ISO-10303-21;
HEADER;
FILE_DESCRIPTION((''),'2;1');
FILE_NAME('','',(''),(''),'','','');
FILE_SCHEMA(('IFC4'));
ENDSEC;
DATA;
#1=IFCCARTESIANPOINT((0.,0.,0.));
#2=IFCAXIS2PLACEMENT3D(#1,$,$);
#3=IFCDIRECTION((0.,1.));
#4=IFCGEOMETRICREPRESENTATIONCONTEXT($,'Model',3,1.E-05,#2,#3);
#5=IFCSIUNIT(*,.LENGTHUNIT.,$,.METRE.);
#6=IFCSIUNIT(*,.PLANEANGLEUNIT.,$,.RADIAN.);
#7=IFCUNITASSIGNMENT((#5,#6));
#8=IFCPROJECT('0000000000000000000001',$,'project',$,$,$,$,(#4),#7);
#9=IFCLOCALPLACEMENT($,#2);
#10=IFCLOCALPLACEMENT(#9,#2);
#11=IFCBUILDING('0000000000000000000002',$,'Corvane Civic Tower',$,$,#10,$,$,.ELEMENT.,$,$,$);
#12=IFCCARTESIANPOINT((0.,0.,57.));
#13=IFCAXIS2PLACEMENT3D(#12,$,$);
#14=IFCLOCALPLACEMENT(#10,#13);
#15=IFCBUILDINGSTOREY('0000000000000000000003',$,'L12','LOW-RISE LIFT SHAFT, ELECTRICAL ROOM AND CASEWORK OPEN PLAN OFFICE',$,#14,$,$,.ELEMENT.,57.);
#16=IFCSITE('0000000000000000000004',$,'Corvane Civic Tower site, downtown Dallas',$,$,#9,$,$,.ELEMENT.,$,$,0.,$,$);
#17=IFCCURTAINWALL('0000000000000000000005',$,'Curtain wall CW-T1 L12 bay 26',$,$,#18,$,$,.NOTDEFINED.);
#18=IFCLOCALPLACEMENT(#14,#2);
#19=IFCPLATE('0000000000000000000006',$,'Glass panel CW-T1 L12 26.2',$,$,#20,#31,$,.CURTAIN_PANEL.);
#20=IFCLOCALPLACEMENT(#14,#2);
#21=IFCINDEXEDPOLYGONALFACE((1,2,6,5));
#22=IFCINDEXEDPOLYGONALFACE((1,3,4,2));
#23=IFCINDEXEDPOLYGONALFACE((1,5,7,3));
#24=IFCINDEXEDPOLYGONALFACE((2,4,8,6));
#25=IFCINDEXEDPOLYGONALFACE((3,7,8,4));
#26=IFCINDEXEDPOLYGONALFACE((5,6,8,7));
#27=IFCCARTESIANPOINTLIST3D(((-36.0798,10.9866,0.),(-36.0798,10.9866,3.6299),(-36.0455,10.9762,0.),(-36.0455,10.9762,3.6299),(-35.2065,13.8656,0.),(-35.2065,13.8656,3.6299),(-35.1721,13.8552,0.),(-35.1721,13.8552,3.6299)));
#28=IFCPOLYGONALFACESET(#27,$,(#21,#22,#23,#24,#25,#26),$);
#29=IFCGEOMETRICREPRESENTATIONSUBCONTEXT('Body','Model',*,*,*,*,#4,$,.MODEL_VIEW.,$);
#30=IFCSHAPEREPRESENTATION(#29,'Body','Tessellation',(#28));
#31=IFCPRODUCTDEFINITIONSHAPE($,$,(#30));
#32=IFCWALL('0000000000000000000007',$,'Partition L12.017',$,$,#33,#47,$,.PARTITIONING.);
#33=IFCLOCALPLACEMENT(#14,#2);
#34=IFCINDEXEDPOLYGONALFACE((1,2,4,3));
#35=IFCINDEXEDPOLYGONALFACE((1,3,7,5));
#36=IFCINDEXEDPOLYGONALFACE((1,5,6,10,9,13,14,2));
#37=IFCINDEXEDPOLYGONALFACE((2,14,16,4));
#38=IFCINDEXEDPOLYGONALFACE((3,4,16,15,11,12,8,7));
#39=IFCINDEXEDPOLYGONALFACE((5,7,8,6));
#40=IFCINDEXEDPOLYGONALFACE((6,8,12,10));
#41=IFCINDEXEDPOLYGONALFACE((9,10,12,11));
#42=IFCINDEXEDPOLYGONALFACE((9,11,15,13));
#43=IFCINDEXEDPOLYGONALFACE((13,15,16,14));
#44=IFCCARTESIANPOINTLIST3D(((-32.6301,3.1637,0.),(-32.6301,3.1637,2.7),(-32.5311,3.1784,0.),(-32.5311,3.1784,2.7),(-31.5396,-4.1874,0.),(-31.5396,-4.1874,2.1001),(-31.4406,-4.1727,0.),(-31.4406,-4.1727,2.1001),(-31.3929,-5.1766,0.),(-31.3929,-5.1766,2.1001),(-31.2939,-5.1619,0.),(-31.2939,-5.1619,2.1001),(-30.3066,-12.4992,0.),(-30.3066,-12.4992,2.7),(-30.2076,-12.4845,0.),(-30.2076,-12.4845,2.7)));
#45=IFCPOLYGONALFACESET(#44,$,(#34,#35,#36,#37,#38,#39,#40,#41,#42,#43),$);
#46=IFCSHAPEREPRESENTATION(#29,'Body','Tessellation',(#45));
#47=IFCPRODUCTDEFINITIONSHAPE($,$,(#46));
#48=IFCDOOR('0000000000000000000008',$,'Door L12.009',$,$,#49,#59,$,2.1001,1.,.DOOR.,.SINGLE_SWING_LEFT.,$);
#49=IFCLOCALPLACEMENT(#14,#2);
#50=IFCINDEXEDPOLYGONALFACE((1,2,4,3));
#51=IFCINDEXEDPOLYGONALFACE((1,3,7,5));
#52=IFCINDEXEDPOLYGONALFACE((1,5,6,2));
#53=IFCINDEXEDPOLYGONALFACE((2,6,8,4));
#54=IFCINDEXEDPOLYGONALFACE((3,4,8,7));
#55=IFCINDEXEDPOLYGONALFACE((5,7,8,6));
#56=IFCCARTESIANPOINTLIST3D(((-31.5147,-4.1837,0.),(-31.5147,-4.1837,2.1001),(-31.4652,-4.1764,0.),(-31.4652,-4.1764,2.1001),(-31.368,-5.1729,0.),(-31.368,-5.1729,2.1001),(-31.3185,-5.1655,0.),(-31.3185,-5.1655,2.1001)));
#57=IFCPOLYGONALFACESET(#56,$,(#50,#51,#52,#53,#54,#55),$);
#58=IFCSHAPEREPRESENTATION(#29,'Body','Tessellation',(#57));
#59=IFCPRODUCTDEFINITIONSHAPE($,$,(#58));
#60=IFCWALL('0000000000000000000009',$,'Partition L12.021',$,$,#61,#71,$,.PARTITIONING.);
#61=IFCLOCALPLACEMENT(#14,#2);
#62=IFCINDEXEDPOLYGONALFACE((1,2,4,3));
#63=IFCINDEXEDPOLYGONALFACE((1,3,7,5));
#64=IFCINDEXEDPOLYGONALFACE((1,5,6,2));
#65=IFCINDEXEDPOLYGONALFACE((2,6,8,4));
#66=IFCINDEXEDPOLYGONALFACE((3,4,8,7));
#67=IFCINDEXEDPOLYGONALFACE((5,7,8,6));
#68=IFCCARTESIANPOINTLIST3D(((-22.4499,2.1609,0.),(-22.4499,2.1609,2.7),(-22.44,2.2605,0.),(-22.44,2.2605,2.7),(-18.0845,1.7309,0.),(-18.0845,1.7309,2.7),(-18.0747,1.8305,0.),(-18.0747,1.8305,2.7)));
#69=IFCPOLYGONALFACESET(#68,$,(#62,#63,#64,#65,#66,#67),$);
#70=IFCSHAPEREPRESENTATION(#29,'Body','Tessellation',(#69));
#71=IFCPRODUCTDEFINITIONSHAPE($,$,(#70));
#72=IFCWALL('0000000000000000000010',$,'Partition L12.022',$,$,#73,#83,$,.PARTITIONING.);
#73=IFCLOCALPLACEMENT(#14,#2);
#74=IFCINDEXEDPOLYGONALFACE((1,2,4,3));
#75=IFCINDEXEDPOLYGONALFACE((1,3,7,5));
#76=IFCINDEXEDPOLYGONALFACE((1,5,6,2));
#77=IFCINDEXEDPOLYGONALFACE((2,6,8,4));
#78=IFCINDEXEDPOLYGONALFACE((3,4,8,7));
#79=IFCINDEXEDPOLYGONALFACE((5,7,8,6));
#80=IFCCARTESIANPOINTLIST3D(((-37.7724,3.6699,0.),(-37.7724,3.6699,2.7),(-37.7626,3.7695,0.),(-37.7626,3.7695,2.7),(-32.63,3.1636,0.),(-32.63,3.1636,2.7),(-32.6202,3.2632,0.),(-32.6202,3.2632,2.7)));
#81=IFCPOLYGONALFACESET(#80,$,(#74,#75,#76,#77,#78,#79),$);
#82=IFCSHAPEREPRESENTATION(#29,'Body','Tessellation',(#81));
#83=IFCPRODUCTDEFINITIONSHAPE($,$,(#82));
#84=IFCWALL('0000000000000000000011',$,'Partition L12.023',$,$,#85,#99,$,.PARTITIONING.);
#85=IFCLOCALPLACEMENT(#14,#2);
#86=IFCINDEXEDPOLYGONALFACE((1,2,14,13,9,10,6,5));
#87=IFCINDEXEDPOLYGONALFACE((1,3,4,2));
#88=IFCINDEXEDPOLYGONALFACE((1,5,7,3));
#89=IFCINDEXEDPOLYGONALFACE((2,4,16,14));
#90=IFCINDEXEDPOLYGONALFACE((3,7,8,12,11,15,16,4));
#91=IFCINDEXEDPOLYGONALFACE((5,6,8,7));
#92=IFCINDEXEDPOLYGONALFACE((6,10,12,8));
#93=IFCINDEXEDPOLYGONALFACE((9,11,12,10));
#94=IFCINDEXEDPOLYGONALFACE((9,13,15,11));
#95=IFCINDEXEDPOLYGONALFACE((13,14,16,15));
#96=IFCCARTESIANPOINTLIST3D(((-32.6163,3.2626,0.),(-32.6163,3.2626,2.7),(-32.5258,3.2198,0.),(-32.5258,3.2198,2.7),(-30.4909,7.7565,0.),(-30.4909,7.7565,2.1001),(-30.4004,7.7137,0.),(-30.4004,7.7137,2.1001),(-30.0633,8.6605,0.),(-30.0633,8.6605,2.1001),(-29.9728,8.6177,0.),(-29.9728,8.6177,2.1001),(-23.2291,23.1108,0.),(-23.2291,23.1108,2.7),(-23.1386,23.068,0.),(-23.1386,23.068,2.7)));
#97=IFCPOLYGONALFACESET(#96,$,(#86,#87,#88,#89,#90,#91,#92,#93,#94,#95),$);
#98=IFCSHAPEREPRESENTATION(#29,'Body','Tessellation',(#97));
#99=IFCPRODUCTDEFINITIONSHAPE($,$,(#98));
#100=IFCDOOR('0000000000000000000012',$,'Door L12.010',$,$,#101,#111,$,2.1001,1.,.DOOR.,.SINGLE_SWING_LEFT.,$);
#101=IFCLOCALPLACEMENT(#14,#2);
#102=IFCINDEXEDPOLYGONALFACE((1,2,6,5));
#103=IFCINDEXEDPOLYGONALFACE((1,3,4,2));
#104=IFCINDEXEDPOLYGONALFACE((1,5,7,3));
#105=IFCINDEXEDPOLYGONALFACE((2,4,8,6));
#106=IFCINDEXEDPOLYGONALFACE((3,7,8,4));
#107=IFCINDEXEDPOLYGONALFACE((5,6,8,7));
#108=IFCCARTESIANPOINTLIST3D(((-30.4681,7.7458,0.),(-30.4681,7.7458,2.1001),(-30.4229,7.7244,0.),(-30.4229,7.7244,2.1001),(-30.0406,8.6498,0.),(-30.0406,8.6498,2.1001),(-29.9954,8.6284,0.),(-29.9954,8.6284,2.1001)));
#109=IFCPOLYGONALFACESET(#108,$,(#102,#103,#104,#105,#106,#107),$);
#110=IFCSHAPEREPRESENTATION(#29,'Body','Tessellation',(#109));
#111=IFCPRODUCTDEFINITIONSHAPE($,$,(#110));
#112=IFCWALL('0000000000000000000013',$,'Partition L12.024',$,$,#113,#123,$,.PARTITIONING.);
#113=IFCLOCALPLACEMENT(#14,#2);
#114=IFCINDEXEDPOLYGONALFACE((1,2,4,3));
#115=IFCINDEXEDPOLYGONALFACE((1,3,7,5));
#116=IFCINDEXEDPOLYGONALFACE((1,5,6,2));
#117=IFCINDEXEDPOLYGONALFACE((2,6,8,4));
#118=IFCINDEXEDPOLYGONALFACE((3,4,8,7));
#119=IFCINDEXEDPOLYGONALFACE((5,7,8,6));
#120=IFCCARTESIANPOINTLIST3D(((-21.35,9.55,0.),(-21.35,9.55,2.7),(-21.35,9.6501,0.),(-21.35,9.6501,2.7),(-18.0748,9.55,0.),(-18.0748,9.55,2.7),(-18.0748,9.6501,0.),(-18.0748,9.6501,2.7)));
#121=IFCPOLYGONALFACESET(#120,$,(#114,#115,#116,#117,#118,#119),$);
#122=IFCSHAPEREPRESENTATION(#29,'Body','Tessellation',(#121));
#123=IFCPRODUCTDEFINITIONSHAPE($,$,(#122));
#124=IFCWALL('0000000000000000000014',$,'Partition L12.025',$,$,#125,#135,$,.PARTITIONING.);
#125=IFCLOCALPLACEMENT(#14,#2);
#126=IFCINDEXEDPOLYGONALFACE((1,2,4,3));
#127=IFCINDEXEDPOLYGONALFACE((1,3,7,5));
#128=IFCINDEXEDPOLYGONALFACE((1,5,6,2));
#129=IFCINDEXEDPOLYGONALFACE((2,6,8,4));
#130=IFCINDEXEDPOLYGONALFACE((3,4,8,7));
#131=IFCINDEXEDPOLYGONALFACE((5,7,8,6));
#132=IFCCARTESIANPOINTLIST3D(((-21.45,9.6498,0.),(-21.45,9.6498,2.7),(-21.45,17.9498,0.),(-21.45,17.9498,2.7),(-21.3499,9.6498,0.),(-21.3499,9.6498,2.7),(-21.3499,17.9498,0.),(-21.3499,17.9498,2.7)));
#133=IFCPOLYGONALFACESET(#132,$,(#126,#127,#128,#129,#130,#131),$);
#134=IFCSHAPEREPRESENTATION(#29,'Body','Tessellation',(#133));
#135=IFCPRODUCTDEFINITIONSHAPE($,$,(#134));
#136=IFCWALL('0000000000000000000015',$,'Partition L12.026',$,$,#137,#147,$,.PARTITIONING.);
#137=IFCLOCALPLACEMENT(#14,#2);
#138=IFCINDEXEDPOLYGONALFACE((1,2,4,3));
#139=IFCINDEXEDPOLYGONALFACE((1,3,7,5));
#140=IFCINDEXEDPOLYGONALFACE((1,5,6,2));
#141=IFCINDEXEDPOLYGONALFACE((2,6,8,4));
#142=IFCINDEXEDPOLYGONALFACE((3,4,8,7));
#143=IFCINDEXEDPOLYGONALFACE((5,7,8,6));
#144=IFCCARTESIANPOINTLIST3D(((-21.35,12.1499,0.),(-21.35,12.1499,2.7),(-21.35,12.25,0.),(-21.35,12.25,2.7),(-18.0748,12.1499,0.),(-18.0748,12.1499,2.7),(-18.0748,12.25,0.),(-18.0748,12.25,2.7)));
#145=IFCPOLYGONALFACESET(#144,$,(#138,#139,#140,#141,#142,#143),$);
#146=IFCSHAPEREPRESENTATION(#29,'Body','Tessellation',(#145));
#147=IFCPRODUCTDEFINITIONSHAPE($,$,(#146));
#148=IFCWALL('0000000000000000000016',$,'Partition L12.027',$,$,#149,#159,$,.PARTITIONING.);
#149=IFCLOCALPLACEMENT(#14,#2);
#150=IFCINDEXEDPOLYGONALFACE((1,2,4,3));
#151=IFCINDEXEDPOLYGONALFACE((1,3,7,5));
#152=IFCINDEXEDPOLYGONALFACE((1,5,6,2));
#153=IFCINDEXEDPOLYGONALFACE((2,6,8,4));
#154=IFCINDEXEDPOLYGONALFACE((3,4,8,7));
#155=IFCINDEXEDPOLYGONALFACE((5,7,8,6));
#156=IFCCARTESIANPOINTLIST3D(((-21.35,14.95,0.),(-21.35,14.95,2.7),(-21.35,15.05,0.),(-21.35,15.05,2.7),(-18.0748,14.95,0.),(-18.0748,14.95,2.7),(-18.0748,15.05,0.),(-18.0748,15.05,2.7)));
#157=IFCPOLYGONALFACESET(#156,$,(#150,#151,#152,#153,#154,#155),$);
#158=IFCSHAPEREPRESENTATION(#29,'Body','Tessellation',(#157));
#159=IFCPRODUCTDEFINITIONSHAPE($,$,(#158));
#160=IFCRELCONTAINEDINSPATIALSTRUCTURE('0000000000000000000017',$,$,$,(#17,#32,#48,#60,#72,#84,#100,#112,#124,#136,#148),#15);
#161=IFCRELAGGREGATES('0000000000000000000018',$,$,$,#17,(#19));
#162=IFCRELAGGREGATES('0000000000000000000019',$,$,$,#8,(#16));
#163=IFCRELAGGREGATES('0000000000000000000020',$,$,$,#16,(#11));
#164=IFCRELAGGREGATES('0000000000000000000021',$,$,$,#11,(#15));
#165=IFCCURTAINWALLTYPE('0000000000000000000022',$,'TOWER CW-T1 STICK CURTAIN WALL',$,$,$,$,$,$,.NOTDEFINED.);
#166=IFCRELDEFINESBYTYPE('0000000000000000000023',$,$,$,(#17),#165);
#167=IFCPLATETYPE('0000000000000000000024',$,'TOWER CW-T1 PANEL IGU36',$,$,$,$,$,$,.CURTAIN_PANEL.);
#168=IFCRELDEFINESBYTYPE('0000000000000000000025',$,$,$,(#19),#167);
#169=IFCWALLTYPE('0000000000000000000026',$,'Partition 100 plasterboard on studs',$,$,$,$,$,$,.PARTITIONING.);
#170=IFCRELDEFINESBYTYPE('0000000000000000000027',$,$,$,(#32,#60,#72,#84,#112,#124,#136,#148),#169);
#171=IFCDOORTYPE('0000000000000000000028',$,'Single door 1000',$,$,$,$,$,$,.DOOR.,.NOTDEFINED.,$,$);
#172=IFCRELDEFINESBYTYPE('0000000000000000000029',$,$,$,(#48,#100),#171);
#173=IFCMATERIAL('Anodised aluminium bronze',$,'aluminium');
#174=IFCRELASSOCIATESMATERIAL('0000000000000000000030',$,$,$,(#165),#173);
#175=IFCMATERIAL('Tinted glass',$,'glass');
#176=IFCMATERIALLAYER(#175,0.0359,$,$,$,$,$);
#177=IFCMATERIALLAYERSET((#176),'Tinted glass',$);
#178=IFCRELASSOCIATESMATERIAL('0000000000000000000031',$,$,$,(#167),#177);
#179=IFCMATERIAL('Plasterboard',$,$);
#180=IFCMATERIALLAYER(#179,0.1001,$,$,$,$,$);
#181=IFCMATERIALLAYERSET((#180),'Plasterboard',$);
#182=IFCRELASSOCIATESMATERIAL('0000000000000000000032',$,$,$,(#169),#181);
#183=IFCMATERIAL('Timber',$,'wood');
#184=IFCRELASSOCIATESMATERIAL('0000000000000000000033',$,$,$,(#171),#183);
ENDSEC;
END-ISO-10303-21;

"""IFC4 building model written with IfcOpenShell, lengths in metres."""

from ifc_helpers import new_model, si_unit, direction, frame, frame_2d, origin, origin_2d, place, context, subcontext, project, spatial, rectangle, extrude, material, layer, layer_set, type_object, element, fill, aggregate, save


model = new_model("IFC4")

# Units and contexts
model_context = context("Model", 3, precision=1e-05, world=origin(), true_north=direction((0.0, 1.0)))
body_context = subcontext(model_context, "Body", "Model", "MODEL_VIEW")
ifc_project = project(units=[si_unit("LENGTHUNIT", "METRE"), si_unit("PLANEANGLEUNIT", "RADIAN")], contexts=[model_context])

# Site, building, storey
site_placement = place(None, origin())
site = spatial("IfcSite", under=ifc_project, at=site_placement, Name="Corvane Civic Tower site, downtown Dallas", CompositionType="ELEMENT", RefElevation=0.0)
building_placement = place(site_placement, origin())
building = spatial("IfcBuilding", under=site, at=building_placement, Name="Corvane Civic Tower", CompositionType="ELEMENT")
storey_placement = place(building_placement, frame((0.0, 0.0, 57.0)))
storey = spatial("IfcBuildingStorey", under=building, at=storey_placement, Name="L12", Description="LOW-RISE LIFT SHAFT, ELECTRICAL ROOM AND CASEWORK OPEN PLAN OFFICE", CompositionType="ELEMENT", Elevation=57.0)

# Curtain wall
ifc_material_1 = material(Name="Anodised aluminium bronze", Category="aluminium")
curtain_wall_type = type_object("IfcCurtainWallType", Name="TOWER CW-T1 STICK CURTAIN WALL", PredefinedType="NOTDEFINED", material=ifc_material_1)
curtain_wall_1_placement = place(storey_placement, origin())
curtain_wall_1 = element("IfcCurtainWall", 1, at=curtain_wall_1_placement, inside=storey, type_object=curtain_wall_type, Name="Curtain wall CW-T1 L12 bay 26", PredefinedType="NOTDEFINED")

# Plate
ifc_material_2 = material(Name="Tinted glass", Category="glass")
ifc_layer_1 = layer(ifc_material_2, 0.0359)
ifc_layer_set_1 = layer_set([ifc_layer_1], Name="Tinted glass")
plate_type = type_object("IfcPlateType", Name="TOWER CW-T1 PANEL IGU36", PredefinedType="CURTAIN_PANEL", material=ifc_layer_set_1)
plate_1_placement = place(storey_placement, frame((-35.626, 12.4209, 0.0), z_axis=(0.0, 0.0, 1.0), x_axis=(0.290278, 0.956942, 0.0)))
plate_1 = element("IfcPlate", 2, at=plate_1_placement, type_object=plate_type, Name="Glass panel CW-T1 L12 26.2", PredefinedType="CURTAIN_PANEL", context=body_context, shape_type="SweptSolid", body=[
    extrude(rectangle(XDim=3.0085, YDim=0.0359, at=origin_2d()), origin(), (0.0, 0.0, 1.0), 3.6299),
])
aggregate(curtain_wall_1, [plate_1])

# Wall, opening, door
ifc_material_3 = material(Name="Plasterboard")
ifc_layer_2 = layer(ifc_material_3, 0.1001)
ifc_layer_set_2 = layer_set([ifc_layer_2], Name="Plasterboard")
wall_type = type_object("IfcWallType", Name="Partition 100 plasterboard on studs", PredefinedType="PARTITIONING", material=ifc_layer_set_2)
wall_1_placement = place(storey_placement, frame((-32.5806, 3.1709, 0.0), z_axis=(0.0, 0.0, 1.0), x_axis=(0.146738, -0.989175, 0.0)))
wall_1 = element("IfcWall", 3, at=wall_1_placement, inside=storey, type_object=wall_type, Name="Partition L12.017", PredefinedType="PARTITIONING", context=body_context, shape_type="SweptSolid", body=[
    extrude(rectangle(XDim=15.8342, YDim=0.1001, at=frame_2d((7.917, 0.0))), origin(), (0.0, 0.0, 1.0), 2.7),
])
opening_1_placement = place(wall_1_placement, frame((7.4314, 0.0, 0.0)))
opening_1 = element("IfcOpeningElement", 4, at=opening_1_placement, cuts=wall_1, PredefinedType="OPENING", context=body_context, shape_type="SweptSolid", body=[
    extrude(rectangle(XDim=1.0, YDim=2.1001, at=frame_2d((0.5, 1.05))), frame((0.0, 0.0601, 0.0), z_axis=(0.0, -1.0, 0.0), x_axis=(1.0, 0.0, 0.0)), (0.0, 0.0, 1.0), 0.1201),
])
ifc_material_4 = material(Name="Timber", Category="wood")
door_type = type_object("IfcDoorType", Name="Single door 1000", OperationType="NOTDEFINED", PredefinedType="DOOR", material=ifc_material_4)
door_1_placement = place(opening_1_placement, frame((1.0, 0.0, 0.0), z_axis=(0.0, 0.0, 1.0), x_axis=(-1.0, 0.0, 0.0)))
door_1 = element("IfcDoor", 5, at=door_1_placement, inside=storey, type_object=door_type, Name="Door L12.009", OperationType="SINGLE_SWING_LEFT", OverallHeight=2.1001, OverallWidth=1.0, PredefinedType="DOOR", context=body_context, shape_type="SweptSolid", body=[
    extrude(rectangle(XDim=1.0, YDim=2.1001, at=frame_2d((0.5, 1.05))), frame((0.0, 0.0249, 0.0), z_axis=(0.0, -1.0, 0.0), x_axis=(1.0, 0.0, 0.0)), (0.0, 0.0, 1.0), 0.05),
])
fill(opening_1, door_1)

# Walls
wall_2_placement = place(storey_placement, frame((-22.4451, 2.2107, 0.0), z_axis=(0.0, 0.0, 1.0), x_axis=(0.995185, -0.098016, 0.0)))
element("IfcWall", 6, at=wall_2_placement, inside=storey, type_object=wall_type, Name="Partition L12.021", PredefinedType="PARTITIONING", context=body_context, shape_type="SweptSolid", body=[
    extrude(rectangle(XDim=4.3865, YDim=0.1001, at=frame_2d((2.1934, 0.0))), origin(), (0.0, 0.0, 1.0), 2.7),
])
wall_3_placement = place(storey_placement, frame((-37.7673, 3.7197, 0.0), z_axis=(0.0, 0.0, 1.0), x_axis=(0.995187, -0.097993, 0.0)))
element("IfcWall", 7, at=wall_3_placement, inside=storey, type_object=wall_type, Name="Partition L12.022", PredefinedType="PARTITIONING", context=body_context, shape_type="SweptSolid", body=[
    extrude(rectangle(XDim=5.1672, YDim=0.1001, at=frame_2d((2.5835, 0.0))), origin(), (0.0, 0.0, 1.0), 2.7),
])

# Wall, opening, door
wall_4_placement = place(storey_placement, frame((-32.571, 3.2412, 0.0), z_axis=(0.0, 0.0, 1.0), x_axis=(0.427545, 0.903994, 0.0)))
wall_4 = element("IfcWall", 8, at=wall_4_placement, inside=storey, type_object=wall_type, Name="Partition L12.023", PredefinedType="PARTITIONING", context=body_context, shape_type="SweptSolid", body=[
    extrude(rectangle(XDim=21.9561, YDim=0.1001, at=frame_2d((10.978, 0.0))), origin(), (0.0, 0.0, 1.0), 2.7),
])
opening_2_placement = place(wall_4_placement, frame((4.9712, 0.0, 0.0)))
opening_2 = element("IfcOpeningElement", 9, at=opening_2_placement, cuts=wall_4, PredefinedType="OPENING", context=body_context, shape_type="SweptSolid", body=[
    extrude(rectangle(XDim=1.0, YDim=2.1001, at=frame_2d((0.5, 1.05))), frame((0.0, 0.0601, 0.0), z_axis=(0.0, -1.0, 0.0), x_axis=(1.0, 0.0, 0.0)), (0.0, 0.0, 1.0), 0.1201),
])
door_2_placement = place(opening_2_placement, origin())
door_2 = element("IfcDoor", 10, at=door_2_placement, inside=storey, type_object=door_type, Name="Door L12.010", OperationType="SINGLE_SWING_LEFT", OverallHeight=2.1001, OverallWidth=1.0, PredefinedType="DOOR", context=body_context, shape_type="SweptSolid", body=[
    extrude(rectangle(XDim=1.0, YDim=2.1001, at=frame_2d((0.5, 1.05))), frame((0.0, 0.0249, 0.0), z_axis=(0.0, -1.0, 0.0), x_axis=(1.0, 0.0, 0.0)), (0.0, 0.0, 1.0), 0.05),
])
fill(opening_2, door_2)

# Walls
wall_5_placement = place(storey_placement, frame((-21.3501, 9.6001, 0.0), z_axis=(0.0, 0.0, 1.0), x_axis=(1.0, 0.0, 0.0)))
element("IfcWall", 11, at=wall_5_placement, inside=storey, type_object=wall_type, Name="Partition L12.024", PredefinedType="PARTITIONING", context=body_context, shape_type="SweptSolid", body=[
    extrude(rectangle(XDim=3.2751, YDim=0.1001, at=frame_2d((1.6377, 0.0))), origin(), (0.0, 0.0, 1.0), 2.7),
])
wall_6_placement = place(storey_placement, frame((-21.3999, 9.6499, 0.0), z_axis=(0.0, 0.0, 1.0), x_axis=(0.0, 1.0, 0.0)))
element("IfcWall", 12, at=wall_6_placement, inside=storey, type_object=wall_type, Name="Partition L12.025", PredefinedType="PARTITIONING", context=body_context, shape_type="SweptSolid", body=[
    extrude(rectangle(XDim=8.3, YDim=0.1001, at=frame_2d((4.1499, 0.0))), origin(), (0.0, 0.0, 1.0), 2.7),
])
for number, where, z_axis, x_axis, name in (
    (13, (-21.3501, 12.2, 0.0), (0.0, 0.0, 1.0), (1.0, 0.0, 0.0), "Partition L12.026"),
    (14, (-21.3501, 15.0, 0.0), (0.0, 0.0, 1.0), (1.0, 0.0, 0.0), "Partition L12.027"),
):
    element("IfcWall", number, at=place(storey_placement, frame(where, z_axis=z_axis, x_axis=x_axis)), inside=storey, type_object=wall_type, Name=name, PredefinedType="PARTITIONING", context=body_context, shape_type="SweptSolid", body=[
        extrude(rectangle(XDim=3.2751, YDim=0.1001, at=frame_2d((1.6377, 0.0))), origin(), (0.0, 0.0, 1.0), 2.7),
    ])

save(model, "model.ifc")
